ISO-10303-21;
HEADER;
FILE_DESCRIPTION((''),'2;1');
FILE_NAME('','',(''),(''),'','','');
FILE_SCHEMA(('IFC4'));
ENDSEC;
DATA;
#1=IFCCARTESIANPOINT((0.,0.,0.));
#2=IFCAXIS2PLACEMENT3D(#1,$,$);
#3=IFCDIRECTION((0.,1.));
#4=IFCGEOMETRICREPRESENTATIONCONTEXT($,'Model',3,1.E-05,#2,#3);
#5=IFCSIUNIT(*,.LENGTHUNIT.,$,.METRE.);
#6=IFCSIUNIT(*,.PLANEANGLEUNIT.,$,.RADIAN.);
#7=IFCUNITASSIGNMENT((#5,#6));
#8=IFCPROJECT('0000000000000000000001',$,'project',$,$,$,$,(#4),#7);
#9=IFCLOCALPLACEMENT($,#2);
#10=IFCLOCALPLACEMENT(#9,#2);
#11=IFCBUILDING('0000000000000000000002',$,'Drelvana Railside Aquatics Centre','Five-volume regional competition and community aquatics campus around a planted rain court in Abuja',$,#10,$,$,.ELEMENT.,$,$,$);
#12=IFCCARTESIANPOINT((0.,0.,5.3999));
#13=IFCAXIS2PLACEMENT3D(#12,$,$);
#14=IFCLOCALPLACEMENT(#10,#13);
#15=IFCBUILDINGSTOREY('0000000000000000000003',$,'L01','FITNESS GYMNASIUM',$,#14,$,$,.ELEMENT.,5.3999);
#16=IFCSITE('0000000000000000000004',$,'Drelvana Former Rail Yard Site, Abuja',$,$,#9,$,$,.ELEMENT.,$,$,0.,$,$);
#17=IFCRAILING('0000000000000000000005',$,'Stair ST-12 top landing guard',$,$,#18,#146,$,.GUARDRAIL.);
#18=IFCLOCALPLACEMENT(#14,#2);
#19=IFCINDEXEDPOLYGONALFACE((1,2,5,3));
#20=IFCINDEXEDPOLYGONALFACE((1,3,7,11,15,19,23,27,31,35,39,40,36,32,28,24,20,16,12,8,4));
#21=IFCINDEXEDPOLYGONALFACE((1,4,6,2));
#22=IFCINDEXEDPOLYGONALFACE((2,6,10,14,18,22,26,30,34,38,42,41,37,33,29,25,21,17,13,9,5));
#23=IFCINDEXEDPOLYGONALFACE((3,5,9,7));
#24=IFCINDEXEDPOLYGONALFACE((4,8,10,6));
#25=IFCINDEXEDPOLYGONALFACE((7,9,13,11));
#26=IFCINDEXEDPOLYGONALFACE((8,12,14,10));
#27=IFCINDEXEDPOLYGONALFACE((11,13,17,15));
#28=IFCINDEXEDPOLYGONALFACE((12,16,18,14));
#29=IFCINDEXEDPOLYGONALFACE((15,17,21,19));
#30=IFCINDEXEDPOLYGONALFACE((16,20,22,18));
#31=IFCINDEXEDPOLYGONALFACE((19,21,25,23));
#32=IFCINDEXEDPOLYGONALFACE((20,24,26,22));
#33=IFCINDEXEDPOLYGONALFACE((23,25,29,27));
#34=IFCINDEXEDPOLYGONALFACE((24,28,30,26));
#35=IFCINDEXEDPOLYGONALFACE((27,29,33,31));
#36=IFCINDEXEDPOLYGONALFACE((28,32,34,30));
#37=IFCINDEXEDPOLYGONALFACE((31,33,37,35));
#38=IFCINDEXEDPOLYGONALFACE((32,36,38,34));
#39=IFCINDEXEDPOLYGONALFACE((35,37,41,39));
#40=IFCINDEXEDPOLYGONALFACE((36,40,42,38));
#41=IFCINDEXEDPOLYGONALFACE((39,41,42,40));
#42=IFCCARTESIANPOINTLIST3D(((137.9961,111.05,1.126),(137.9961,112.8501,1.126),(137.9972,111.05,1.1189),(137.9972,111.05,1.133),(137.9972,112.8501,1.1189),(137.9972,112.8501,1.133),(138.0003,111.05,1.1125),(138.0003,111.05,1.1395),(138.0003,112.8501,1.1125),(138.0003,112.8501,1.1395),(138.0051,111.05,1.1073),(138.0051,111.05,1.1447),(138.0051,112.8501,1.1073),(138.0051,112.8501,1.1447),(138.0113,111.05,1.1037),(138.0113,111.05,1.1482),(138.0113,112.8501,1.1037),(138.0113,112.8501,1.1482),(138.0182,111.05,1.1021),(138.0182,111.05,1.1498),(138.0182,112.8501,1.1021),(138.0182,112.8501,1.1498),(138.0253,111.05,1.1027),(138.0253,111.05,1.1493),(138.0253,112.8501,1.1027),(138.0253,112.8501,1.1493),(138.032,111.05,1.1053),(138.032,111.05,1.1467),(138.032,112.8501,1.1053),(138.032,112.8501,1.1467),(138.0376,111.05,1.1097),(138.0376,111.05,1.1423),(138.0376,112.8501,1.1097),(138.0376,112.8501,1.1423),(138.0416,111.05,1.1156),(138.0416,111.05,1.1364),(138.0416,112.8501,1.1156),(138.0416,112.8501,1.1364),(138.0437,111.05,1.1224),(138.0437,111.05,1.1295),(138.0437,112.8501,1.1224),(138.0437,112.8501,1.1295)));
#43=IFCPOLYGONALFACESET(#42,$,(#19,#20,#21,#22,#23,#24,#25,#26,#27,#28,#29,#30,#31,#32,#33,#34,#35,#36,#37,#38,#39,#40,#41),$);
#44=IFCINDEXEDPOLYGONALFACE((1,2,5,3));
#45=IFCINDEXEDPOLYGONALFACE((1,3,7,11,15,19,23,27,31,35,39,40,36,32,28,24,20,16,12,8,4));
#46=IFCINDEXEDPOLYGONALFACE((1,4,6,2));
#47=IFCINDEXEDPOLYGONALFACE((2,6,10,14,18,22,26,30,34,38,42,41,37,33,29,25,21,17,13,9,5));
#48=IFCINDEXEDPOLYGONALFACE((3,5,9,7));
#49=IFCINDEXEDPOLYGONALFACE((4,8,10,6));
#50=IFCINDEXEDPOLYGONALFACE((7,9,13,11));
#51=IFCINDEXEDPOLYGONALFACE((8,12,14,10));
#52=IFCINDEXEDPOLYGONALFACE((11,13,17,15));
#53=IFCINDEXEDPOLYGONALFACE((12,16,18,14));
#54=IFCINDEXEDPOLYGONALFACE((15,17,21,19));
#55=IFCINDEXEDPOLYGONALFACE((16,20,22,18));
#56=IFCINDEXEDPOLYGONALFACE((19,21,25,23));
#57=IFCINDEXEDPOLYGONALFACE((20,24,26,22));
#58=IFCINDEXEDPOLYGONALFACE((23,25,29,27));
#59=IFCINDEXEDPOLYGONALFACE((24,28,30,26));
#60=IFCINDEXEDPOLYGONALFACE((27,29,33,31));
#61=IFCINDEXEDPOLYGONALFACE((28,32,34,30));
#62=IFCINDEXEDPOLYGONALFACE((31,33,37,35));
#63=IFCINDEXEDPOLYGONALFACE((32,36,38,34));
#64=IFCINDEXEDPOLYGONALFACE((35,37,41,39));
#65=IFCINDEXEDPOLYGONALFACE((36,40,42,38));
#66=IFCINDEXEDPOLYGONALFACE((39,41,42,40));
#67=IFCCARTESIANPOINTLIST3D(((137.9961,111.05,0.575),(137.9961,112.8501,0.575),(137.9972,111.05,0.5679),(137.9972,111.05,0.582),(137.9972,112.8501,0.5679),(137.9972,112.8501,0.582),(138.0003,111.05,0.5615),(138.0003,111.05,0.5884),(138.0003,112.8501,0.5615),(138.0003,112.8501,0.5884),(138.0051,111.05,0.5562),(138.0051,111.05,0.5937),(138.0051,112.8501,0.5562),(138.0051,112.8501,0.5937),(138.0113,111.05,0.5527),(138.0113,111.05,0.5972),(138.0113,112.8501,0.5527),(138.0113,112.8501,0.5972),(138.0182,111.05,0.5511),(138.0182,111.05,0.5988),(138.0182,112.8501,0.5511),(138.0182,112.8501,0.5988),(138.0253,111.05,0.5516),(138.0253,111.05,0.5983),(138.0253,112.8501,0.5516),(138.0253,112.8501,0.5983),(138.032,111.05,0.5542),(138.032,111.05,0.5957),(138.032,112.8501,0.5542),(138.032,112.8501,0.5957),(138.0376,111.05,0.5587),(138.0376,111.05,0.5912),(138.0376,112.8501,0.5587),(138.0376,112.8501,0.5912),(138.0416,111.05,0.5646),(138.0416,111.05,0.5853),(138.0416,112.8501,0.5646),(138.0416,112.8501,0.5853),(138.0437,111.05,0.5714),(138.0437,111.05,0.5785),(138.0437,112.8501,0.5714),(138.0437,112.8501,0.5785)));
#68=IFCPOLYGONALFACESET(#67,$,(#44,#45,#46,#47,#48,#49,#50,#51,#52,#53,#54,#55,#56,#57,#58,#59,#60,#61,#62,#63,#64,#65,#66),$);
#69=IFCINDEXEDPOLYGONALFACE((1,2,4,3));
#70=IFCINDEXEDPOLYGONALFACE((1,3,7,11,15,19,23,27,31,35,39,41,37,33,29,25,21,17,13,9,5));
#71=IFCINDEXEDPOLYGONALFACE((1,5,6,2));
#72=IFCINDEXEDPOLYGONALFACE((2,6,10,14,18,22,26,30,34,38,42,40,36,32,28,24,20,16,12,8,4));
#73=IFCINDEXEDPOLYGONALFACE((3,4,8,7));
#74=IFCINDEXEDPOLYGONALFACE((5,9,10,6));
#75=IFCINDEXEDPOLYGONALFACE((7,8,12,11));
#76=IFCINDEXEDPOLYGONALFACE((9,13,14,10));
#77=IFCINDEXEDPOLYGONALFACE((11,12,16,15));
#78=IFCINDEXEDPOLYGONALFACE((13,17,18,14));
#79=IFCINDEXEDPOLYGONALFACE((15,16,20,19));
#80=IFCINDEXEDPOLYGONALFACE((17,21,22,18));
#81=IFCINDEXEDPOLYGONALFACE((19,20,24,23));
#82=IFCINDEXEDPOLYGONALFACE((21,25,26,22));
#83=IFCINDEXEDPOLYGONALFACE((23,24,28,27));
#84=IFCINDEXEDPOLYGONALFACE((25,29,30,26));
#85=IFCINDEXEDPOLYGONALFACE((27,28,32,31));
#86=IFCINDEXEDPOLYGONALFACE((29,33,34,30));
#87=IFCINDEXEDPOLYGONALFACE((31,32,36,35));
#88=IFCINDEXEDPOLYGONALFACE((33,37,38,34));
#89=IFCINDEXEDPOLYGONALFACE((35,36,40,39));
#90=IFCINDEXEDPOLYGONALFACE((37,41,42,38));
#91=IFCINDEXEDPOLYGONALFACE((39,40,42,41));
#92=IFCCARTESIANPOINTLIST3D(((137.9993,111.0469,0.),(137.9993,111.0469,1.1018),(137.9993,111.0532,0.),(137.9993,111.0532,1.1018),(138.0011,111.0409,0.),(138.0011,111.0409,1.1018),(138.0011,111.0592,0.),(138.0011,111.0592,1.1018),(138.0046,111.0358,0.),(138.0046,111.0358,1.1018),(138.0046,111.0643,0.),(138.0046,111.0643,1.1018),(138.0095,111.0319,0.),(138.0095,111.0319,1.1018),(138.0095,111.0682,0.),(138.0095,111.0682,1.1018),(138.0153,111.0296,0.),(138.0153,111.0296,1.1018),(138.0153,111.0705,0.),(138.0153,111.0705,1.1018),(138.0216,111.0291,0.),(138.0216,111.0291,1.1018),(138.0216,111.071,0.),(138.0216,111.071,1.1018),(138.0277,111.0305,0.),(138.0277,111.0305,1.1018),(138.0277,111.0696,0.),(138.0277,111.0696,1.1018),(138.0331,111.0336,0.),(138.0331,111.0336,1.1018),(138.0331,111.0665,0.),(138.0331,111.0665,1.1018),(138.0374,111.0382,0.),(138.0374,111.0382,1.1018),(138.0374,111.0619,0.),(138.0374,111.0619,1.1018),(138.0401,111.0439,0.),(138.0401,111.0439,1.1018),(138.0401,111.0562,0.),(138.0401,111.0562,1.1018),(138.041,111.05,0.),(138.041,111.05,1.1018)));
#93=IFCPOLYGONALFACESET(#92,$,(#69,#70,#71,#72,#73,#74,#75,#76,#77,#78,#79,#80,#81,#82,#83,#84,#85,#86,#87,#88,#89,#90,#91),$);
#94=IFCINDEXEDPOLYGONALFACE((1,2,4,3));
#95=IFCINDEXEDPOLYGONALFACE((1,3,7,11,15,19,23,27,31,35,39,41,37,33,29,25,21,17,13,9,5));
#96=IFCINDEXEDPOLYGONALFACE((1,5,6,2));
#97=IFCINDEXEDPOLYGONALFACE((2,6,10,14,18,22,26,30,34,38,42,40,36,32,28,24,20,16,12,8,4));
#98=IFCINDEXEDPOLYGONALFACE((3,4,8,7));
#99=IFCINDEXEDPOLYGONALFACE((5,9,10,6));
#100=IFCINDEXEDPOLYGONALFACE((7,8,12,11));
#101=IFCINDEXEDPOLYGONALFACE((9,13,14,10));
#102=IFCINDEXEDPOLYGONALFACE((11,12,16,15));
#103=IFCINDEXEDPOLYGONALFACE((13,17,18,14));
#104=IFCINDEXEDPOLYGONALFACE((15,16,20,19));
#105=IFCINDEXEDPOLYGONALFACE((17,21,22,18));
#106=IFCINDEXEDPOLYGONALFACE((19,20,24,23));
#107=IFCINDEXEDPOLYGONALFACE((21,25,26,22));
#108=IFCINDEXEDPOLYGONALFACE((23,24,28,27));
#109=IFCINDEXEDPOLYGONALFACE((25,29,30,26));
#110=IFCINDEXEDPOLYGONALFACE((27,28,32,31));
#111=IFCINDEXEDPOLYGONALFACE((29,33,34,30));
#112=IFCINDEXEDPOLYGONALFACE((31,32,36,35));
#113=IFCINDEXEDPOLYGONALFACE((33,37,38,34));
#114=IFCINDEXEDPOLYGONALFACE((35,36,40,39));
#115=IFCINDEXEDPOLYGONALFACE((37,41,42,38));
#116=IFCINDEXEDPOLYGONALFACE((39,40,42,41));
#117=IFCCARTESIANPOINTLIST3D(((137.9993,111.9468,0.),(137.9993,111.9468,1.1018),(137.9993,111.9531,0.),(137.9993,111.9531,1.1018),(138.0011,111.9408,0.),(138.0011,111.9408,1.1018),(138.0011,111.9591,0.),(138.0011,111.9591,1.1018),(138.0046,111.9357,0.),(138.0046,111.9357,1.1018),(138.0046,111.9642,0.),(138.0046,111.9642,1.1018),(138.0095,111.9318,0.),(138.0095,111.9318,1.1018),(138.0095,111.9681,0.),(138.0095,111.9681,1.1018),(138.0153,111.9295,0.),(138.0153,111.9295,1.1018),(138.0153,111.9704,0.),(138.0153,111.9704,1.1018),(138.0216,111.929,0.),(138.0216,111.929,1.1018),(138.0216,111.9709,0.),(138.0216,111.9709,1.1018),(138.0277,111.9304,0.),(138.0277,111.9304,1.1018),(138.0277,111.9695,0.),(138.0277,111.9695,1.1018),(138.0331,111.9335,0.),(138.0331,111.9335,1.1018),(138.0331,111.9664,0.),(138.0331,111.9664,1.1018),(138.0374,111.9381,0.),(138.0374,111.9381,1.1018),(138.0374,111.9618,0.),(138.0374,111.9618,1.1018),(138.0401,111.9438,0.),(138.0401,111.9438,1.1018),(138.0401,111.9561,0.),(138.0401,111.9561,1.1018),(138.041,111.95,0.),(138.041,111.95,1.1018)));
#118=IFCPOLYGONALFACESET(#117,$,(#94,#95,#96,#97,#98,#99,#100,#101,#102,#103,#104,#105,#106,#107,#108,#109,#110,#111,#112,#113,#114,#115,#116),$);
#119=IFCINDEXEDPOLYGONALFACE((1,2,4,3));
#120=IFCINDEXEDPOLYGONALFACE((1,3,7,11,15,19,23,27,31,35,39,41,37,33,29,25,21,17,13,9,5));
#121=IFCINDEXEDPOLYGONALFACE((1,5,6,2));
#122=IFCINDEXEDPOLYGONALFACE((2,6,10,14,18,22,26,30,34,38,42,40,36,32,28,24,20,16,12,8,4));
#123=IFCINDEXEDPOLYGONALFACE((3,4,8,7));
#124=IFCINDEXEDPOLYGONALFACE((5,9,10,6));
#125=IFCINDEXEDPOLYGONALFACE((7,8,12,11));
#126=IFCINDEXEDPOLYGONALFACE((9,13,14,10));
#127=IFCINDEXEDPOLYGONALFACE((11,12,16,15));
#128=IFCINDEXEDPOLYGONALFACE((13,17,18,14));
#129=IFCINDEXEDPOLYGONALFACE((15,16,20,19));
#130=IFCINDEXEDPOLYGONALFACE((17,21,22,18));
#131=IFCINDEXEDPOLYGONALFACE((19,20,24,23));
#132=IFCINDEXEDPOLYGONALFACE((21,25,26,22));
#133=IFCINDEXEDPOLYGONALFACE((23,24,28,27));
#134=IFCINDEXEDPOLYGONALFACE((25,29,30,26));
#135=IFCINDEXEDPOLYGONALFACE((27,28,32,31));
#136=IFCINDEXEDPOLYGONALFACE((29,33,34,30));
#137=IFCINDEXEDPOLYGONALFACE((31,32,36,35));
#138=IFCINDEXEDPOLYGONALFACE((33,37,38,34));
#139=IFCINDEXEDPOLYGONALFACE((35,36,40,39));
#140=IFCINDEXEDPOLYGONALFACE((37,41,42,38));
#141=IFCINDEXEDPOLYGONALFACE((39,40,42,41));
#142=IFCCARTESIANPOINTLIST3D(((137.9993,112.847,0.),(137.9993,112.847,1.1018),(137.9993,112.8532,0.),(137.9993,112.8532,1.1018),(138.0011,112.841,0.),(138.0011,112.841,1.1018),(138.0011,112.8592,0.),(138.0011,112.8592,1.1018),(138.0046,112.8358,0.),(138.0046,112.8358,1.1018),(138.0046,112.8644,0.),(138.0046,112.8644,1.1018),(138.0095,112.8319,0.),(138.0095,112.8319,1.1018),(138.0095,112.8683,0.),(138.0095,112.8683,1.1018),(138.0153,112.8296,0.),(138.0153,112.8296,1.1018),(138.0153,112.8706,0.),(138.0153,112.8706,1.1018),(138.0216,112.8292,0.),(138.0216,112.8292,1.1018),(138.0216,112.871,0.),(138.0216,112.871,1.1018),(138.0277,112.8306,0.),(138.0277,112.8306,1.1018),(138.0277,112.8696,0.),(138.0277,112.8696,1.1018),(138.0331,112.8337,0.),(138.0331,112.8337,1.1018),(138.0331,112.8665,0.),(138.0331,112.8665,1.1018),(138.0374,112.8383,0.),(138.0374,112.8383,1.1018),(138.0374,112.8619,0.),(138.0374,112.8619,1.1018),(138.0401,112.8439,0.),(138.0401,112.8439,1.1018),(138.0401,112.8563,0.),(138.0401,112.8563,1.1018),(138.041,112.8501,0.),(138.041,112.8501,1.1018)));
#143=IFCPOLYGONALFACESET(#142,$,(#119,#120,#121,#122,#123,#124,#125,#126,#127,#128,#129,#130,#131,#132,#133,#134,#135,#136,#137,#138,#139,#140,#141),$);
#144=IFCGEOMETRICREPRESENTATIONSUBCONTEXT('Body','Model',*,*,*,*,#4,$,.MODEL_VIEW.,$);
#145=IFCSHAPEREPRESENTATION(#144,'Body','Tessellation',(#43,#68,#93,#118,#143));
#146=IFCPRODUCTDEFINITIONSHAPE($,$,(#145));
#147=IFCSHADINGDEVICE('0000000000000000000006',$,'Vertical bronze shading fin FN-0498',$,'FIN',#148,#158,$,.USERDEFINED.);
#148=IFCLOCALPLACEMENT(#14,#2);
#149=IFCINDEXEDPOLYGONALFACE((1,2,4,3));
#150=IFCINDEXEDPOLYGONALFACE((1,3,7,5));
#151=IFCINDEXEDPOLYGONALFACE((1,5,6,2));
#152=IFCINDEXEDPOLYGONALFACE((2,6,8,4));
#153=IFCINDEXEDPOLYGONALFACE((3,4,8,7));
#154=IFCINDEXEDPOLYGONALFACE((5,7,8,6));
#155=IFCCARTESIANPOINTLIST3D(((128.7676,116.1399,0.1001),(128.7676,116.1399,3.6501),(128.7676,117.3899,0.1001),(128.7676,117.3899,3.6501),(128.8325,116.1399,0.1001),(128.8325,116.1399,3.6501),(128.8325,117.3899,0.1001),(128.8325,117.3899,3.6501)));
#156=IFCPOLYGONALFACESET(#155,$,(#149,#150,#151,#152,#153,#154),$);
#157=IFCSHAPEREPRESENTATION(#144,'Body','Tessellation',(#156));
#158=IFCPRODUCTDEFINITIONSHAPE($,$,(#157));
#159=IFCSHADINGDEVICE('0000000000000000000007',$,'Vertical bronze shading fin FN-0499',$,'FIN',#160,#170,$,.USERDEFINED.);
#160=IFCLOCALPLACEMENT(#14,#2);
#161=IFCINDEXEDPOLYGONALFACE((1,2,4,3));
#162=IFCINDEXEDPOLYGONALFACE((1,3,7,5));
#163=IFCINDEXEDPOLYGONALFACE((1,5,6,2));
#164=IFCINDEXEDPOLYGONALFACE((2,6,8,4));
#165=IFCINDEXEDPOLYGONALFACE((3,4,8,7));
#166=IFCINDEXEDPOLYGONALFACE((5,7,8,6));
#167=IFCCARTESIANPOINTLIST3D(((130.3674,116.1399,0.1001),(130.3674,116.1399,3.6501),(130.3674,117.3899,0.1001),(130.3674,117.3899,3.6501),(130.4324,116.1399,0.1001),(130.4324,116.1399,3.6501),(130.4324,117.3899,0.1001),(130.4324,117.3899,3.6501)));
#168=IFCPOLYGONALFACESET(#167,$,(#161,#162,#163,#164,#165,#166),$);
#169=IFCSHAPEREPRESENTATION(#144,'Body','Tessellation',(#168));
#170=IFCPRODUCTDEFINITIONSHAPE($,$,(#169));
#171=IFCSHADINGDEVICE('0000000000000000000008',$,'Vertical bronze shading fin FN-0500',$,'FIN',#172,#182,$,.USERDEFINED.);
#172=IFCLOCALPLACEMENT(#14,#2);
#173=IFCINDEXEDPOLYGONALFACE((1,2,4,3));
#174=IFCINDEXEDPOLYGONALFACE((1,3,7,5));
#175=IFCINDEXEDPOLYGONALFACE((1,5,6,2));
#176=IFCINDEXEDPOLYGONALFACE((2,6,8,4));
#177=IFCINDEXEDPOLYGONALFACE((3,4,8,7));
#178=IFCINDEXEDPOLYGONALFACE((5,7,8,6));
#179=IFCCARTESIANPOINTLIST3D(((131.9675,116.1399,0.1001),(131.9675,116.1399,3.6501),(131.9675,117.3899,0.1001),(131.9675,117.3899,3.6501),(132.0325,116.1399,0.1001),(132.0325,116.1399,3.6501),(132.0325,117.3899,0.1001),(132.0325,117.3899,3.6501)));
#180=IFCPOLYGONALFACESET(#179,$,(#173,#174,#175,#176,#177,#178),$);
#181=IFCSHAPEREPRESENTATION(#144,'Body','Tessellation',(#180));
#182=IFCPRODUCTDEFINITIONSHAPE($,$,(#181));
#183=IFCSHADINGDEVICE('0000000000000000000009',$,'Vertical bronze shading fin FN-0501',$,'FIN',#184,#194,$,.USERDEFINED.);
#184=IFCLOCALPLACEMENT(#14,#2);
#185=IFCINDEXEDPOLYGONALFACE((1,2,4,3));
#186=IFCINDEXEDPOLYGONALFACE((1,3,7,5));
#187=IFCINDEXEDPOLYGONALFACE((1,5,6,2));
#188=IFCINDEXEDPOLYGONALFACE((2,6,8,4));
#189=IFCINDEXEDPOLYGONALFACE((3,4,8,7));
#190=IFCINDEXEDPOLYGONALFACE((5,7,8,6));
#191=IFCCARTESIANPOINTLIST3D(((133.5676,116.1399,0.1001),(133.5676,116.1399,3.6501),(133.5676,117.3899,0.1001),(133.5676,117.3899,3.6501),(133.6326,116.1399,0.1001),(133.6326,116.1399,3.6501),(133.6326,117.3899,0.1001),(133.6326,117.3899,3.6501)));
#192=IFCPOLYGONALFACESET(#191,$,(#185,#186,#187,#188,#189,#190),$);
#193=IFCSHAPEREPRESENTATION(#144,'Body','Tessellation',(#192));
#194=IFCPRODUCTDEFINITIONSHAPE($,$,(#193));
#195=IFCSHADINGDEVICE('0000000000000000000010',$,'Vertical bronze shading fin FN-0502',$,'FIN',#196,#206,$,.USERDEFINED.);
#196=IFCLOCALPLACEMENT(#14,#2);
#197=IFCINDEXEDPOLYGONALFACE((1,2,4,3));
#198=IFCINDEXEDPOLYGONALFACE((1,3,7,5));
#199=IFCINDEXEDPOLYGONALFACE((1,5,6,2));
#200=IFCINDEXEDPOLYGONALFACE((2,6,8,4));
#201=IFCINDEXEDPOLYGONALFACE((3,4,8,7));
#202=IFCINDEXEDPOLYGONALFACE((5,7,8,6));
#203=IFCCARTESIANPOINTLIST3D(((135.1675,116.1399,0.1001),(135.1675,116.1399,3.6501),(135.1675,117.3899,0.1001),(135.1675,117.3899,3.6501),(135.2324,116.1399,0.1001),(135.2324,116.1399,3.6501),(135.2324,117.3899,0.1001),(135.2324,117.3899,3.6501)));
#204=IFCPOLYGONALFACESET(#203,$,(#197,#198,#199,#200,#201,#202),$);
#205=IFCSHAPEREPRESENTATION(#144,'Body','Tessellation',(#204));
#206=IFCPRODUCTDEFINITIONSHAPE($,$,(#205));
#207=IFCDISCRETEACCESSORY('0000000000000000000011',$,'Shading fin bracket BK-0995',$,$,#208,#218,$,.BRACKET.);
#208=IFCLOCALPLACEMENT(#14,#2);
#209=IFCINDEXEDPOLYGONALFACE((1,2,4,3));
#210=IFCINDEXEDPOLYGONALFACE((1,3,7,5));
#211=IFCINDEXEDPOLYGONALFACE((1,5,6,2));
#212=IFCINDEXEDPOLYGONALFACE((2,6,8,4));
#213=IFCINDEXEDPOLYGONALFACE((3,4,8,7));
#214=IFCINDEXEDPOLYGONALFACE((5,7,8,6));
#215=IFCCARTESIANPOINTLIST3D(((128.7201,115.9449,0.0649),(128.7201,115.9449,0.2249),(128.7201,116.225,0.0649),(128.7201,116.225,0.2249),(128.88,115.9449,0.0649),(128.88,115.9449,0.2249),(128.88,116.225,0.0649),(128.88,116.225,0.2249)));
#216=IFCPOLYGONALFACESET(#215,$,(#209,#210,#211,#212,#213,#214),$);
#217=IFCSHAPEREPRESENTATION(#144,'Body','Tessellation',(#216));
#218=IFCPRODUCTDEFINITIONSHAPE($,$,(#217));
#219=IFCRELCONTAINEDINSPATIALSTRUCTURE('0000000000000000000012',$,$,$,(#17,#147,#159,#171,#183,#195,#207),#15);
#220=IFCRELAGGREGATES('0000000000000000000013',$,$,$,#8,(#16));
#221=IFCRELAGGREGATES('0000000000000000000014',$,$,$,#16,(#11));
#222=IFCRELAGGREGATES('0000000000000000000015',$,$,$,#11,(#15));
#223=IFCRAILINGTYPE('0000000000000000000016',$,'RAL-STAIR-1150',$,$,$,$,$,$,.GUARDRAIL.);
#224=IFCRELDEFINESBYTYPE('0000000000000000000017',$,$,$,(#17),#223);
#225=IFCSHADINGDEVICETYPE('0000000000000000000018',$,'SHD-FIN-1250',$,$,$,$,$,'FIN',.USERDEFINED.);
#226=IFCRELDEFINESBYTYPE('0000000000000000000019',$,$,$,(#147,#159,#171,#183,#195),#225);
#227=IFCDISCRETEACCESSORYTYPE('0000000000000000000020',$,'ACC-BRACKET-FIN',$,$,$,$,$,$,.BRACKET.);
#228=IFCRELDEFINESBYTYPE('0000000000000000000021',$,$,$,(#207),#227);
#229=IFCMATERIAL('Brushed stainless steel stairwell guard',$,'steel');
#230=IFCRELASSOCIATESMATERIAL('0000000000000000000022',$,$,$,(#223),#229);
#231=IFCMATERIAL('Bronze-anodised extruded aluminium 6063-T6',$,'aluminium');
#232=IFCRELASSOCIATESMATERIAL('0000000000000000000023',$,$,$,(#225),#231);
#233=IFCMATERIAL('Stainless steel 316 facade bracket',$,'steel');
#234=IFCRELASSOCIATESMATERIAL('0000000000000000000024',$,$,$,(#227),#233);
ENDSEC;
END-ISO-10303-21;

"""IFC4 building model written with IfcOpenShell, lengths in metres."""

from ifc_helpers import new_model, si_unit, direction, frame, origin, origin_2d, place, context, subcontext, project, spatial, rectangle, circle, extrude, material, type_object, element, save


model = new_model("IFC4")

# Units and contexts
model_context = context("Model", 3, precision=1e-05, world=origin(), true_north=direction((0.0, 1.0)))
body_context = subcontext(model_context, "Body", "Model", "MODEL_VIEW")
ifc_project = project(units=[si_unit("LENGTHUNIT", "METRE"), si_unit("PLANEANGLEUNIT", "RADIAN")], contexts=[model_context])

# Site, building, storey
site_placement = place(None, origin())
site = spatial("IfcSite", under=ifc_project, at=site_placement, Name="Drelvana Former Rail Yard Site, Abuja", CompositionType="ELEMENT", RefElevation=0.0)
building_placement = place(site_placement, origin())
building = spatial("IfcBuilding", under=site, at=building_placement, Name="Drelvana Railside Aquatics Centre", Description="Five-volume regional competition and community aquatics campus around a planted rain court in Abuja", CompositionType="ELEMENT")
storey_placement = place(building_placement, frame((0.0, 0.0, 5.3999)))
storey = spatial("IfcBuildingStorey", under=building, at=storey_placement, Name="L01", Description="FITNESS GYMNASIUM", CompositionType="ELEMENT", Elevation=5.3999)

# Shared definitions
ifc_material_1 = material(Name="Bronze-anodised extruded aluminium 6063-T6", Category="aluminium")

# Railing
ifc_material_2 = material(Name="Brushed stainless steel stairwell guard", Category="steel")
railing_type_1 = type_object("IfcRailingType", Name="RAL-STAIR-1150", PredefinedType="GUARDRAIL", material=ifc_material_2)
railing_1_placement = place(storey_placement, frame((138.02, 111.05, 0.0)))
element("IfcRailing", 1, at=railing_1_placement, inside=storey, type_object=railing_type_1, Name="Stair ST-12 top landing guard", PredefinedType="GUARDRAIL", context=body_context, shape_type="SweptSolid", body=[
    extrude(circle(Radius=0.0239, at=origin_2d()), frame((0.0, 0.0, 1.126), z_axis=(0.0, 1.0, 0.0), x_axis=(-1.0, 0.0, 0.0)), (0.0, 0.0, 1.0), 1.8),
    extrude(circle(Radius=0.0239, at=origin_2d()), frame((0.0, 0.0, 0.575), z_axis=(0.0, 1.0, 0.0), x_axis=(-1.0, 0.0, 0.0)), (0.0, 0.0, 1.0), 1.8),
    extrude(circle(Radius=0.021, at=origin_2d()), origin(), (0.0, 0.0, 1.0), 1.1018),
    extrude(circle(Radius=0.021, at=origin_2d()), frame((0.0, 0.8999, 0.0)), (0.0, 0.0, 1.0), 1.1018),
    extrude(circle(Radius=0.021, at=origin_2d()), frame((0.0, 1.8, 0.0)), (0.0, 0.0, 1.0), 1.1018),
])

# Shading devices
shading_device_type = type_object("IfcShadingDeviceType", Name="SHD-FIN-1250", ElementType="FIN", PredefinedType="USERDEFINED", material=ifc_material_1)
for number, where, z_axis, x_axis, name in (
    (2, (128.8, 116.7649, 0.1001), (0.0, 0.0, 1.0), (0.0, 1.0, 0.0), "Vertical bronze shading fin FN-0498"),
    (3, (130.3999, 116.7649, 0.1001), (0.0, 0.0, 1.0), (0.0, 1.0, 0.0), "Vertical bronze shading fin FN-0499"),
    (4, (132.0, 116.7649, 0.1001), (0.0, 0.0, 1.0), (0.0, 1.0, 0.0), "Vertical bronze shading fin FN-0500"),
    (5, (133.6001, 116.7649, 0.1001), (0.0, 0.0, 1.0), (0.0, 1.0, 0.0), "Vertical bronze shading fin FN-0501"),
    (6, (135.2, 116.7649, 0.1001), (0.0, 0.0, 1.0), (0.0, 1.0, 0.0), "Vertical bronze shading fin FN-0502"),
):
    element("IfcShadingDevice", number, at=place(storey_placement, frame(where, z_axis=z_axis, x_axis=x_axis)), inside=storey, type_object=shading_device_type, Name=name, ObjectType="FIN", PredefinedType="USERDEFINED", context=body_context, shape_type="SweptSolid", body=[
        extrude(rectangle(XDim=1.25, YDim=0.0649, at=origin_2d()), origin(), (0.0, 0.0, 1.0), 3.55),
    ])

# Discrete accessory
ifc_material_3 = material(Name="Stainless steel 316 facade bracket", Category="steel")
discrete_accessory_type = type_object("IfcDiscreteAccessoryType", Name="ACC-BRACKET-FIN", PredefinedType="BRACKET", material=ifc_material_3)
for number, where, z_axis, x_axis, name in (
    (7, (128.8, 116.085, 0.0649), (0.0, 0.0, 1.0), (0.0, 1.0, 0.0), "Shading fin bracket BK-0995"),
):
    element("IfcDiscreteAccessory", number, at=place(storey_placement, frame(where, z_axis=z_axis, x_axis=x_axis)), inside=storey, type_object=discrete_accessory_type, Name=name, PredefinedType="BRACKET", context=body_context, shape_type="SweptSolid", body=[
        extrude(rectangle(XDim=0.28, YDim=0.1599, at=origin_2d()), origin(), (0.0, 0.0, 1.0), 0.1599),
    ])

save(model, "model.ifc")
